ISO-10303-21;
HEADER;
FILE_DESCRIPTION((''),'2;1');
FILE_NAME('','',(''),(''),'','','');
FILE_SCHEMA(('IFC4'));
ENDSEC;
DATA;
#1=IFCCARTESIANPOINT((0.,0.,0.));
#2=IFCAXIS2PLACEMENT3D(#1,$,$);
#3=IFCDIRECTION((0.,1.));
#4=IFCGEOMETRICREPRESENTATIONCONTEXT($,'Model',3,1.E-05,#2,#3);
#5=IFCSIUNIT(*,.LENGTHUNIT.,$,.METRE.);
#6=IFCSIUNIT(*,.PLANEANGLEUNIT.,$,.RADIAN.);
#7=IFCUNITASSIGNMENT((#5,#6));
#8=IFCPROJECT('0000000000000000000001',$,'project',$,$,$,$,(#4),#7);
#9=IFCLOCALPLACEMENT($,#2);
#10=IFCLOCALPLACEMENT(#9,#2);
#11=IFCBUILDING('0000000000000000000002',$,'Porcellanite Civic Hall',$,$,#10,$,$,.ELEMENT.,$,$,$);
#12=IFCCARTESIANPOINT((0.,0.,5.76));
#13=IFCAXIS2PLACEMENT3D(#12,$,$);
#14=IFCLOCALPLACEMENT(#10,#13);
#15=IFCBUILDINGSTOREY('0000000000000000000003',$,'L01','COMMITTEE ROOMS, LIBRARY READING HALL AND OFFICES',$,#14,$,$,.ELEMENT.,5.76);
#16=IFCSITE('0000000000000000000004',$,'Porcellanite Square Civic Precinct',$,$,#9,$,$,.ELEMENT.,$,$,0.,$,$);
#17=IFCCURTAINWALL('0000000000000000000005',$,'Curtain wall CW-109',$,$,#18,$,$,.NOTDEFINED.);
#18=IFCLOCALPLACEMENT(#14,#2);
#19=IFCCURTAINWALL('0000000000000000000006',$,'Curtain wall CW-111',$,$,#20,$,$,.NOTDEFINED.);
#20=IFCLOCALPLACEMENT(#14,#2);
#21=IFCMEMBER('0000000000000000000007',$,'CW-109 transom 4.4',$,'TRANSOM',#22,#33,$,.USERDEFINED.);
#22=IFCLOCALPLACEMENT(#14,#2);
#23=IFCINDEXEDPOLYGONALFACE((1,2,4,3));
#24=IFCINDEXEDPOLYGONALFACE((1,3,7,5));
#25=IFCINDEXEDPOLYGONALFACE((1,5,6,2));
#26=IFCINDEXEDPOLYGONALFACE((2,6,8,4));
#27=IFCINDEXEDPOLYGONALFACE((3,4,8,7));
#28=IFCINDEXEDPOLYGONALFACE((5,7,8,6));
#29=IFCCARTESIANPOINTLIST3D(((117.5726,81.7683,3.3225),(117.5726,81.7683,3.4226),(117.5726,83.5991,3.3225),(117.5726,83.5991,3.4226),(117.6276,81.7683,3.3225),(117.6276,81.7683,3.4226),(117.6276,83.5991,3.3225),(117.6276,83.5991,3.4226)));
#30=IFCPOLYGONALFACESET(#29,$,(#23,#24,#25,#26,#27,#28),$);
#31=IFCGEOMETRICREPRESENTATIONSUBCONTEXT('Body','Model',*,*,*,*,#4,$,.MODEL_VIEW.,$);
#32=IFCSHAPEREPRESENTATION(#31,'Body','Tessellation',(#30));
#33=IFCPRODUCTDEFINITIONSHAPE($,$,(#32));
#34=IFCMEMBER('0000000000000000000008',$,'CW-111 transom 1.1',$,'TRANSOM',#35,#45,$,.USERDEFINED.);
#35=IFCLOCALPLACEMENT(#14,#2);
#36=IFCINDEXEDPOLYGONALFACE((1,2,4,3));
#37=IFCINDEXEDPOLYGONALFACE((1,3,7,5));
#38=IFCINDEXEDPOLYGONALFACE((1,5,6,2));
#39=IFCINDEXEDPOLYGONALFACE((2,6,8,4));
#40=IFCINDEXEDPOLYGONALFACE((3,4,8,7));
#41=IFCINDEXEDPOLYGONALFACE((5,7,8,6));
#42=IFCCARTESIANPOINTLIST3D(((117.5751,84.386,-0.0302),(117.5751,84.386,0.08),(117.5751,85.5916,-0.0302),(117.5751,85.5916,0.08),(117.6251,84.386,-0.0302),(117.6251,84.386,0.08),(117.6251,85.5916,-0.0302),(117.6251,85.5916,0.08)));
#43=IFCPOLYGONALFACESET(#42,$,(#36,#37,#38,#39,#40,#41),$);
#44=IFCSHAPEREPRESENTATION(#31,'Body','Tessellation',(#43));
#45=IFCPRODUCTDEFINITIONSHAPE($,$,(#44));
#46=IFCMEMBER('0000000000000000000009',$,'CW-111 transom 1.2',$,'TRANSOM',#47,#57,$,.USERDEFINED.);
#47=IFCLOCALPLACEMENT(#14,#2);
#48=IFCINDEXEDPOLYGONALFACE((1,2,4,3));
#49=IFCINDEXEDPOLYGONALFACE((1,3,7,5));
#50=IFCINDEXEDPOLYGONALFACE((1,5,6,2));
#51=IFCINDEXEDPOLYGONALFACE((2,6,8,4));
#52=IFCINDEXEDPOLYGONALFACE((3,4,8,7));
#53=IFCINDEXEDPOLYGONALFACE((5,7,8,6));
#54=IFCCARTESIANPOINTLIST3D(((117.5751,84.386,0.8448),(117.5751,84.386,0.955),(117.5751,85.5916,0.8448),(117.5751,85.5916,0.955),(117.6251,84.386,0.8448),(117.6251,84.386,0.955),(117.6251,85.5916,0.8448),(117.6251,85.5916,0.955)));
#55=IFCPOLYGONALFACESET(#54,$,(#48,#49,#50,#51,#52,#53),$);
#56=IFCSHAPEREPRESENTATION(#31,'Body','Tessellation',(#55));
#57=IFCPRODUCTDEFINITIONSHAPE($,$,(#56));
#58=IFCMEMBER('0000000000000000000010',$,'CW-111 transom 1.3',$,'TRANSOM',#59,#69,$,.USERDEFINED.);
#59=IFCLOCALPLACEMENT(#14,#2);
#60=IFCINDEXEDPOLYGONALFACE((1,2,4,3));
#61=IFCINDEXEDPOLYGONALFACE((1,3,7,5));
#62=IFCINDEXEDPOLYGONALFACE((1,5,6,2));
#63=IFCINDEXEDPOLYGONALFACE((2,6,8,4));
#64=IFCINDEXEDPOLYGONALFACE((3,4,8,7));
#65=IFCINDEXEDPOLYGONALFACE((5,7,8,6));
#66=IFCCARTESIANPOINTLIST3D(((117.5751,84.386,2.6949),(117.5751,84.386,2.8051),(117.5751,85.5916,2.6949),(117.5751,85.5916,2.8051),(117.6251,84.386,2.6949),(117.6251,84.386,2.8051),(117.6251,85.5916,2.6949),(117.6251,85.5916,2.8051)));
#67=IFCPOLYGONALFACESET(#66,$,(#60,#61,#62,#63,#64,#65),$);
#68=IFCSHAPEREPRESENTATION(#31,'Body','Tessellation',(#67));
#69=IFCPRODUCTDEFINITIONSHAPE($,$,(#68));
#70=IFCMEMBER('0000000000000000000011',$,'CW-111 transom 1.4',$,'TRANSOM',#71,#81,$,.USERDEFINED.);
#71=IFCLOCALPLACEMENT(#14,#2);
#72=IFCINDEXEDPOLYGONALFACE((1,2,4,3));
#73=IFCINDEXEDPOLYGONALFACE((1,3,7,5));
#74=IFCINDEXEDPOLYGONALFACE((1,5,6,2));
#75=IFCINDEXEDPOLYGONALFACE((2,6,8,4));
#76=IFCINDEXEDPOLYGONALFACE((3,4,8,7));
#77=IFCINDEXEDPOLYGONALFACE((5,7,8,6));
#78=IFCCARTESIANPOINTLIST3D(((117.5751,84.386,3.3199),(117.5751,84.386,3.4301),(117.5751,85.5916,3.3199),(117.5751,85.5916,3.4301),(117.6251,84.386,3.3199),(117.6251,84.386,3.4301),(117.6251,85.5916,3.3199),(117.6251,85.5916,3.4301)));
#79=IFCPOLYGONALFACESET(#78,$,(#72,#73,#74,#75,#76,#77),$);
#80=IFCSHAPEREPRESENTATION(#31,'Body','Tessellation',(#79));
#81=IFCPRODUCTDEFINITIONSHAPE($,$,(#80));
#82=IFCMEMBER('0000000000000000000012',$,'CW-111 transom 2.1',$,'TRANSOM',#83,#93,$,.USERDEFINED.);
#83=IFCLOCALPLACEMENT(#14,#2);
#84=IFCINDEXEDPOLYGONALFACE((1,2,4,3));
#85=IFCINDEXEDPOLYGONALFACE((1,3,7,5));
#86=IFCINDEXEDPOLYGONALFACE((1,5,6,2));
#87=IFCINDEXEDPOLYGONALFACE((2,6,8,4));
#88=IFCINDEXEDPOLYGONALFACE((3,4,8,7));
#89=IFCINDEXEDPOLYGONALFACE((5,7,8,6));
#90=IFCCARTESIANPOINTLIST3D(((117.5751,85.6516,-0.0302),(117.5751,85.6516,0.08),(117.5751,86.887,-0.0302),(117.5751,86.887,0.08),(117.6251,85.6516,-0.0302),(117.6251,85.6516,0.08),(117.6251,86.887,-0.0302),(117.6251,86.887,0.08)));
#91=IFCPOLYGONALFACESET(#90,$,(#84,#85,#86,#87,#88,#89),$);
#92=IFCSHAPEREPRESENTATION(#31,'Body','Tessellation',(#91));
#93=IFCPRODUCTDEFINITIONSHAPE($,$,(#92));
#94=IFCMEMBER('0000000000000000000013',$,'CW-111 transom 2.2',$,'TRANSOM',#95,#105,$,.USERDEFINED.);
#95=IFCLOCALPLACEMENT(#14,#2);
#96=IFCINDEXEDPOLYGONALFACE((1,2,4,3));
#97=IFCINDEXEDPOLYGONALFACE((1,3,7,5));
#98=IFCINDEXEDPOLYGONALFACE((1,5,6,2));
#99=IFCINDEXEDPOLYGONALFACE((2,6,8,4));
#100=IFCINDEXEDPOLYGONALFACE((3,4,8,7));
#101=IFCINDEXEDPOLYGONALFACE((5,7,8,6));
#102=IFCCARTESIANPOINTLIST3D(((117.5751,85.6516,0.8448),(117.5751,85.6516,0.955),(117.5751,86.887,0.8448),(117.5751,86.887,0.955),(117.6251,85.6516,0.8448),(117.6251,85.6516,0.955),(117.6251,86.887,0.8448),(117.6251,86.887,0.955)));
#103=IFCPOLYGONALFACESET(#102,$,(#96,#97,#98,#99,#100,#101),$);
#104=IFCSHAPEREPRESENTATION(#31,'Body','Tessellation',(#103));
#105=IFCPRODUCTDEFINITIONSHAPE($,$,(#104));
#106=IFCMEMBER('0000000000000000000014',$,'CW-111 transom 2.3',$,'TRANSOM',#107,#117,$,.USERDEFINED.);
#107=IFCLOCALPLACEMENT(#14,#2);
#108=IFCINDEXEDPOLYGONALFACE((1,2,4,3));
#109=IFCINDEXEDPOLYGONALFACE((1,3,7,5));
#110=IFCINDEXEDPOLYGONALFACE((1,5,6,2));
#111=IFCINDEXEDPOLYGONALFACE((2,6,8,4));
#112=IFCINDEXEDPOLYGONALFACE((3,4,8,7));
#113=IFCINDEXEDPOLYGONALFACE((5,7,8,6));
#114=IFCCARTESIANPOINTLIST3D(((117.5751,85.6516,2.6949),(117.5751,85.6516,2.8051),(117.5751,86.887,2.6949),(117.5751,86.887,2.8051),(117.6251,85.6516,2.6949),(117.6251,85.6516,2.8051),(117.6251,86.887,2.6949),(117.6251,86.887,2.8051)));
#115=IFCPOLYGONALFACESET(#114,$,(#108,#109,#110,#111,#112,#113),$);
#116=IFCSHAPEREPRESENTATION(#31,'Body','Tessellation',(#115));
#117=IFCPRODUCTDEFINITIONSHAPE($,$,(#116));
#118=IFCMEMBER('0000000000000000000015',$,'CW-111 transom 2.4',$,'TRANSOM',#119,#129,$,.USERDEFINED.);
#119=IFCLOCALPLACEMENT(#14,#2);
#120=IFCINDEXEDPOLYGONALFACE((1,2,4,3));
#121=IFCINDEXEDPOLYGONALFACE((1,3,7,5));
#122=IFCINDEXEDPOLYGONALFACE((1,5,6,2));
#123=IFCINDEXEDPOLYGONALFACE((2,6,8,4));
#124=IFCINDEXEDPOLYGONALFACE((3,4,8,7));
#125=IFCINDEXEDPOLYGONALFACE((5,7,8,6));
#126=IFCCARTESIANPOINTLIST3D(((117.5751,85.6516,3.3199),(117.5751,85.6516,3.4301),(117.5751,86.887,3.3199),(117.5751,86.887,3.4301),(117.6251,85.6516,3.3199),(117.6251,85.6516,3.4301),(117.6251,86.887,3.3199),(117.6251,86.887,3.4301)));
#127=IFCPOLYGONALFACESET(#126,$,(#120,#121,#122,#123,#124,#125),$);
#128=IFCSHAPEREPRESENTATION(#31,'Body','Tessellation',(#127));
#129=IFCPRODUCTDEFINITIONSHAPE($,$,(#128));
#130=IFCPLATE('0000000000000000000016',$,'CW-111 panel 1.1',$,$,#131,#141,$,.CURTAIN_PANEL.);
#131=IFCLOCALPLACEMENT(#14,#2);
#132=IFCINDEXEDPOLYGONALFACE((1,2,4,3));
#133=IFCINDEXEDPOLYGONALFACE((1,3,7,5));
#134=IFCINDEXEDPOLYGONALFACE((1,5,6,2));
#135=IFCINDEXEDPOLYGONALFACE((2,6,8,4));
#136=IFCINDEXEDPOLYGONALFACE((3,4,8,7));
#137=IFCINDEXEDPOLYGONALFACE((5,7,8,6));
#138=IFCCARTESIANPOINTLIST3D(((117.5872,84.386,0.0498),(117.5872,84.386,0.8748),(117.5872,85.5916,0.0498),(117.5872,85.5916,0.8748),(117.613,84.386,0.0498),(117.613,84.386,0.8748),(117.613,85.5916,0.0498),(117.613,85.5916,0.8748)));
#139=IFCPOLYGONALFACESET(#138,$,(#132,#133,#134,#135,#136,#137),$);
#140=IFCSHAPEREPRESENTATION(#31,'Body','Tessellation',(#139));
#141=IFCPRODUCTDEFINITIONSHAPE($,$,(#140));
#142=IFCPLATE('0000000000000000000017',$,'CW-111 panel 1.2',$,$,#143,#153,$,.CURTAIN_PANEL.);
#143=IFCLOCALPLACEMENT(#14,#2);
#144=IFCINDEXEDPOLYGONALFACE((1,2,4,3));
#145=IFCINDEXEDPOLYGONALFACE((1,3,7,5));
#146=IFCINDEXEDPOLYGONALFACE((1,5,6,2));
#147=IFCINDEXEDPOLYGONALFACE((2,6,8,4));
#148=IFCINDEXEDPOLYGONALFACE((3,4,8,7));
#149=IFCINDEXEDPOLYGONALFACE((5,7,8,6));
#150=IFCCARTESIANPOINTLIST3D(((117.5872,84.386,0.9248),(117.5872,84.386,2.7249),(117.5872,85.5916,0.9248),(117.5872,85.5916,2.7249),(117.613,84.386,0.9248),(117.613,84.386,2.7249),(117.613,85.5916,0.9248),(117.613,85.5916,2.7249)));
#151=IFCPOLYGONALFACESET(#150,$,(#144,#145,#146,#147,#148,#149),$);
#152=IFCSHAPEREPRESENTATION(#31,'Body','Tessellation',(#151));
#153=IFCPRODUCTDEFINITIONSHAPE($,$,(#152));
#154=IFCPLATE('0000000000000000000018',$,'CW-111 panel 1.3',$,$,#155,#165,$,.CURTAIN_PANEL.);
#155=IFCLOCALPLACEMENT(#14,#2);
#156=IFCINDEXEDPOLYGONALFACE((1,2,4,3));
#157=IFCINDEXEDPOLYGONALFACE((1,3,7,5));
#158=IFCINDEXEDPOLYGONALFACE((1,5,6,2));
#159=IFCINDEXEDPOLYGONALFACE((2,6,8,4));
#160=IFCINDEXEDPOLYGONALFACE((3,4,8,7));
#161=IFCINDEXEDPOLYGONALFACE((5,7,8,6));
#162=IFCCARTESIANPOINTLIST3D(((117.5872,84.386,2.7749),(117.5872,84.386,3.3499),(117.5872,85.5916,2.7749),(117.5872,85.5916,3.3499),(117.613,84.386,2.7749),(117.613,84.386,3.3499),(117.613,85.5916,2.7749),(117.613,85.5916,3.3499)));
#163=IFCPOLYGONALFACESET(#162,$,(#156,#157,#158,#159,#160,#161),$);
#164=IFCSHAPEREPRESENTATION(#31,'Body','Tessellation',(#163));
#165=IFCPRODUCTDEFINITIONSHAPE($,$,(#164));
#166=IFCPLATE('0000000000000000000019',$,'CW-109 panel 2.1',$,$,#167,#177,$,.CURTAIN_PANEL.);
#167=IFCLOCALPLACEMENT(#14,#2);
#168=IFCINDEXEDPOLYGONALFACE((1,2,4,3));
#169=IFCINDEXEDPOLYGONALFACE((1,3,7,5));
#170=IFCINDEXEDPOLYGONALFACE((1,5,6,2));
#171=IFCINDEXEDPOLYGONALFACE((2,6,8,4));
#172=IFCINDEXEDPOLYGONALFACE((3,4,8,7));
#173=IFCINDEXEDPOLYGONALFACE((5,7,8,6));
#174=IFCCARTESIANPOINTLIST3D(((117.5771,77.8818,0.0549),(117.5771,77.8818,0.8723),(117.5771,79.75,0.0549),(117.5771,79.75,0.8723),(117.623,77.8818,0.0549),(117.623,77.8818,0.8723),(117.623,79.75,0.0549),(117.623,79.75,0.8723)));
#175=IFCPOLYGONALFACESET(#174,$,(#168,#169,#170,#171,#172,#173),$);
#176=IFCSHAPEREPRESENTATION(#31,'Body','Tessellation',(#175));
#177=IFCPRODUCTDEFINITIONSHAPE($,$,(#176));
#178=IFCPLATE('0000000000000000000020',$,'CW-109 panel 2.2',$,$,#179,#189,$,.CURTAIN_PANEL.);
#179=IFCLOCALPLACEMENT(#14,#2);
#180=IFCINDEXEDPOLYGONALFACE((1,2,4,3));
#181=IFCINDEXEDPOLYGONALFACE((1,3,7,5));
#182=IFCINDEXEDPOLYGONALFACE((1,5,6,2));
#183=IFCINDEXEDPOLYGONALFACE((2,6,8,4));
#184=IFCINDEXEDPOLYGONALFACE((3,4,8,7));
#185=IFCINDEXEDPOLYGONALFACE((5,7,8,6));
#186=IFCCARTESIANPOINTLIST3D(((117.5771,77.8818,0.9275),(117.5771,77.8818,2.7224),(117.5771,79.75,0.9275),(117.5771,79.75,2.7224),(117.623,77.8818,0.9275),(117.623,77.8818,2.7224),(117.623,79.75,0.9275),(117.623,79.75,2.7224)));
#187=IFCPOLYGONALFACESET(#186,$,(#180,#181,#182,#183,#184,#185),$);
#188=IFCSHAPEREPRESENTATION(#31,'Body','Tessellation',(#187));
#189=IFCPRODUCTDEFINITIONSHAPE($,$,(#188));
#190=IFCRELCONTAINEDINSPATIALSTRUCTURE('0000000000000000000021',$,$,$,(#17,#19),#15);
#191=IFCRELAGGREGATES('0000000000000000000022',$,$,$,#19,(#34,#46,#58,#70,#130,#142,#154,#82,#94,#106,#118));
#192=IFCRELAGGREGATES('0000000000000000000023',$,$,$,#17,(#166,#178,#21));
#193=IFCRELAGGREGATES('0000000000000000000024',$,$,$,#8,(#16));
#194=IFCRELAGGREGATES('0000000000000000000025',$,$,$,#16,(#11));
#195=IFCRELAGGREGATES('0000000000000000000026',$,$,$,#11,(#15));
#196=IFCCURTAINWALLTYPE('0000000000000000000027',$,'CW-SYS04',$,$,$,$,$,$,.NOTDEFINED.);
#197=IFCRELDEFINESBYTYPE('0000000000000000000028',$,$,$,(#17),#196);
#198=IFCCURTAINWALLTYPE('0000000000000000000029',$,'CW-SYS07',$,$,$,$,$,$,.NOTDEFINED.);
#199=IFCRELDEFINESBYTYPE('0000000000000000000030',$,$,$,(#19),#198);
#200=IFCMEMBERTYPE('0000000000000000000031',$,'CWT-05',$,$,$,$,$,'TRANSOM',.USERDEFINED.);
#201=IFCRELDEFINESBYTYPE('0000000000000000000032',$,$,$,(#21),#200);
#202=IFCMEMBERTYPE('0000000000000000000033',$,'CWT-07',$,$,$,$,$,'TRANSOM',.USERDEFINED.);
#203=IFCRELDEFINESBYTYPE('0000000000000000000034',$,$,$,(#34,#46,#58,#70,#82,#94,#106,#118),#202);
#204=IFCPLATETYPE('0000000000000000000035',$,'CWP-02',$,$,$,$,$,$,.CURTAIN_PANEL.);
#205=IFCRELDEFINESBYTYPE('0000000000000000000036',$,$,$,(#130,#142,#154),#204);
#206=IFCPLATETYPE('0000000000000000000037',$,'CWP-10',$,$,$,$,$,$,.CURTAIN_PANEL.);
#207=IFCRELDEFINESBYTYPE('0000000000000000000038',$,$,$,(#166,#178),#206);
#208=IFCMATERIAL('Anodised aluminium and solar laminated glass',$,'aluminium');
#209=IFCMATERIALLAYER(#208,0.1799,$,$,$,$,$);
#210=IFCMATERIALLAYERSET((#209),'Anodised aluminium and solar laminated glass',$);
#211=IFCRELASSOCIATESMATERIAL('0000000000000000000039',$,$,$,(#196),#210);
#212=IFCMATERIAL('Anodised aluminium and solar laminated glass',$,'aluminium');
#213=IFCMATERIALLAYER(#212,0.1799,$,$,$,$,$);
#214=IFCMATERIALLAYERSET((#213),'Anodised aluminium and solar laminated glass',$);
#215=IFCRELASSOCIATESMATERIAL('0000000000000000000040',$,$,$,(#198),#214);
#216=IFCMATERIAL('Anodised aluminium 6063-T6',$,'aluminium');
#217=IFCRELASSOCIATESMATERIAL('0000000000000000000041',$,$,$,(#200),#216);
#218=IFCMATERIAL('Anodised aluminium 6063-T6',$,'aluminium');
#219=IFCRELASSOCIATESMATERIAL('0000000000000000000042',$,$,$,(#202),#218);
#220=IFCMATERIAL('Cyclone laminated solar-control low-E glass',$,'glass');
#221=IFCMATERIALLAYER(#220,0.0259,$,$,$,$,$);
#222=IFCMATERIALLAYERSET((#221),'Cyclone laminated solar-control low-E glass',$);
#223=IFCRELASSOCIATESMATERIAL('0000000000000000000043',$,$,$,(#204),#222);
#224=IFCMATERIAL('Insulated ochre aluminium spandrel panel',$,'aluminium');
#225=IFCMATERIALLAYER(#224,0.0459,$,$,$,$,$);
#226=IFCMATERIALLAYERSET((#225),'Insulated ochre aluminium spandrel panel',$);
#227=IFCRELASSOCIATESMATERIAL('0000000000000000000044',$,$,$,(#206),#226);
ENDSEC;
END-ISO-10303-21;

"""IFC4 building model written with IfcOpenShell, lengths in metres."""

from ifc_helpers import new_model, si_unit, direction, frame, origin, origin_2d, place, context, subcontext, project, spatial, rectangle, extrude, material, layer, layer_set, material_profile, profile_set, type_object, element, aggregate, save


model = new_model("IFC4")

# Units and contexts
model_context = context("Model", 3, precision=1e-05, world=origin(), true_north=direction((0.0, 1.0)))
body_context = subcontext(model_context, "Body", "Model", "MODEL_VIEW")
ifc_project = project(units=[si_unit("LENGTHUNIT", "METRE"), si_unit("PLANEANGLEUNIT", "RADIAN")], contexts=[model_context])

# Site, building, storey
site_placement = place(None, origin())
site = spatial("IfcSite", under=ifc_project, at=site_placement, Name="Porcellanite Square Civic Precinct", CompositionType="ELEMENT", RefElevation=0.0)
building_placement = place(site_placement, origin())
building = spatial("IfcBuilding", under=site, at=building_placement, Name="Porcellanite Civic Hall", CompositionType="ELEMENT")
storey_placement = place(building_placement, frame((0.0, 0.0, 5.76)))
storey = spatial("IfcBuildingStorey", under=building, at=storey_placement, Name="L01", Description="COMMITTEE ROOMS, LIBRARY READING HALL AND OFFICES", CompositionType="ELEMENT", Elevation=5.76)

# Curtain walls
ifc_material_1 = material(Name="Anodised aluminium and solar laminated glass", Category="aluminium")
ifc_layer_1 = layer(ifc_material_1, 0.1799)
ifc_layer_set_1 = layer_set([ifc_layer_1], Name="Anodised aluminium and solar laminated glass")
curtain_wall_type_1 = type_object("IfcCurtainWallType", Name="CW-SYS04", PredefinedType="NOTDEFINED", material=ifc_layer_set_1)
curtain_wall_1_placement = place(storey_placement, origin())
curtain_wall_1 = element("IfcCurtainWall", 1, at=curtain_wall_1_placement, inside=storey, type_object=curtain_wall_type_1, Name="Curtain wall CW-109", PredefinedType="NOTDEFINED")
ifc_material_2 = material(Name="Anodised aluminium and solar laminated glass", Category="aluminium")
ifc_layer_2 = layer(ifc_material_2, 0.1799)
ifc_layer_set_2 = layer_set([ifc_layer_2], Name="Anodised aluminium and solar laminated glass")
curtain_wall_type_2 = type_object("IfcCurtainWallType", Name="CW-SYS07", PredefinedType="NOTDEFINED", material=ifc_layer_set_2)
curtain_wall_2_placement = place(storey_placement, origin())
curtain_wall_2 = element("IfcCurtainWall", 2, at=curtain_wall_2_placement, inside=storey, type_object=curtain_wall_type_2, Name="Curtain wall CW-111", PredefinedType="NOTDEFINED")

# Members
ifc_material_3 = material(Name="Anodised aluminium 6063-T6", Category="aluminium")
ifc_material_profile_1 = material_profile(ifc_material_3, rectangle(XDim=0.0549, YDim=0.1001, at=origin_2d()), Name="AL-55x100")
ifc_profile_set_1 = profile_set([ifc_material_profile_1], Name="Anodised aluminium 6063-T6")
member_type_1 = type_object("IfcMemberType", Name="CWT-05", ElementType="TRANSOM", PredefinedType="USERDEFINED", material=ifc_profile_set_1)
member_1_placement = place(storey_placement, frame((117.6001, 81.7683, 3.3726), z_axis=(0.0, 1.0, 0.0), x_axis=(-1.0, 0.0, 0.0)))
member_1 = element("IfcMember", 3, at=member_1_placement, type_object=member_type_1, Name="CW-109 transom 4.4", ObjectType="TRANSOM", PredefinedType="USERDEFINED", context=body_context, shape_type="SweptSolid", body=[
    extrude(rectangle(XDim=0.0549, YDim=0.1001, at=origin_2d()), origin(), (0.0, 0.0, 1.0), 1.8308),
])
ifc_material_4 = material(Name="Anodised aluminium 6063-T6", Category="aluminium")
ifc_material_profile_2 = material_profile(ifc_material_4, rectangle(XDim=0.05, YDim=0.1101, at=origin_2d()), Name="AL-50x110")
ifc_profile_set_2 = profile_set([ifc_material_profile_2], Name="Anodised aluminium 6063-T6")
member_type_2 = type_object("IfcMemberType", Name="CWT-07", ElementType="TRANSOM", PredefinedType="USERDEFINED", material=ifc_profile_set_2)
member_2_placement = place(storey_placement, frame((117.6001, 84.386, 0.0249), z_axis=(0.0, 1.0, 0.0), x_axis=(-1.0, 0.0, 0.0)))
member_2 = element("IfcMember", 4, at=member_2_placement, type_object=member_type_2, Name="CW-111 transom 1.1", ObjectType="TRANSOM", PredefinedType="USERDEFINED", context=body_context, shape_type="SweptSolid", body=[
    extrude(rectangle(XDim=0.05, YDim=0.1101, at=origin_2d()), origin(), (0.0, 0.0, 1.0), 1.2056),
])
member_3_placement = place(storey_placement, frame((117.6001, 84.386, 0.8999), z_axis=(0.0, 1.0, 0.0), x_axis=(-1.0, 0.0, 0.0)))
member_3 = element("IfcMember", 5, at=member_3_placement, type_object=member_type_2, Name="CW-111 transom 1.2", ObjectType="TRANSOM", PredefinedType="USERDEFINED", context=body_context, shape_type="SweptSolid", body=[
    extrude(rectangle(XDim=0.05, YDim=0.1101, at=origin_2d()), origin(), (0.0, 0.0, 1.0), 1.2056),
])
member_4_placement = place(storey_placement, frame((117.6001, 84.386, 2.75), z_axis=(0.0, 1.0, 0.0), x_axis=(-1.0, 0.0, 0.0)))
member_4 = element("IfcMember", 6, at=member_4_placement, type_object=member_type_2, Name="CW-111 transom 1.3", ObjectType="TRANSOM", PredefinedType="USERDEFINED", context=body_context, shape_type="SweptSolid", body=[
    extrude(rectangle(XDim=0.05, YDim=0.1101, at=origin_2d()), origin(), (0.0, 0.0, 1.0), 1.2056),
])
member_5_placement = place(storey_placement, frame((117.6001, 84.386, 3.375), z_axis=(0.0, 1.0, 0.0), x_axis=(-1.0, 0.0, 0.0)))
member_5 = element("IfcMember", 7, at=member_5_placement, type_object=member_type_2, Name="CW-111 transom 1.4", ObjectType="TRANSOM", PredefinedType="USERDEFINED", context=body_context, shape_type="SweptSolid", body=[
    extrude(rectangle(XDim=0.05, YDim=0.1101, at=origin_2d()), origin(), (0.0, 0.0, 1.0), 1.2056),
])
member_6_placement = place(storey_placement, frame((117.6001, 85.6516, 0.0249), z_axis=(0.0, 1.0, 0.0), x_axis=(-1.0, 0.0, 0.0)))
member_6 = element("IfcMember", 8, at=member_6_placement, type_object=member_type_2, Name="CW-111 transom 2.1", ObjectType="TRANSOM", PredefinedType="USERDEFINED", context=body_context, shape_type="SweptSolid", body=[
    extrude(rectangle(XDim=0.05, YDim=0.1101, at=origin_2d()), origin(), (0.0, 0.0, 1.0), 1.2354),
])
member_7_placement = place(storey_placement, frame((117.6001, 85.6516, 0.8999), z_axis=(0.0, 1.0, 0.0), x_axis=(-1.0, 0.0, 0.0)))
member_7 = element("IfcMember", 9, at=member_7_placement, type_object=member_type_2, Name="CW-111 transom 2.2", ObjectType="TRANSOM", PredefinedType="USERDEFINED", context=body_context, shape_type="SweptSolid", body=[
    extrude(rectangle(XDim=0.05, YDim=0.1101, at=origin_2d()), origin(), (0.0, 0.0, 1.0), 1.2354),
])
member_8_placement = place(storey_placement, frame((117.6001, 85.6516, 2.75), z_axis=(0.0, 1.0, 0.0), x_axis=(-1.0, 0.0, 0.0)))
member_8 = element("IfcMember", 10, at=member_8_placement, type_object=member_type_2, Name="CW-111 transom 2.3", ObjectType="TRANSOM", PredefinedType="USERDEFINED", context=body_context, shape_type="SweptSolid", body=[
    extrude(rectangle(XDim=0.05, YDim=0.1101, at=origin_2d()), origin(), (0.0, 0.0, 1.0), 1.2354),
])
member_9_placement = place(storey_placement, frame((117.6001, 85.6516, 3.375), z_axis=(0.0, 1.0, 0.0), x_axis=(-1.0, 0.0, 0.0)))
member_9 = element("IfcMember", 11, at=member_9_placement, type_object=member_type_2, Name="CW-111 transom 2.4", ObjectType="TRANSOM", PredefinedType="USERDEFINED", context=body_context, shape_type="SweptSolid", body=[
    extrude(rectangle(XDim=0.05, YDim=0.1101, at=origin_2d()), origin(), (0.0, 0.0, 1.0), 1.2354),
])

# Plates
ifc_material_5 = material(Name="Cyclone laminated solar-control low-E glass", Category="glass")
ifc_layer_3 = layer(ifc_material_5, 0.0259)
ifc_layer_set_3 = layer_set([ifc_layer_3], Name="Cyclone laminated solar-control low-E glass")
plate_type_1 = type_object("IfcPlateType", Name="CWP-02", PredefinedType="CURTAIN_PANEL", material=ifc_layer_set_3)
plate_1_placement = place(storey_placement, frame((117.6001, 84.9888, 0.0498), z_axis=(0.0, 0.0, 1.0), x_axis=(0.0, 1.0, 0.0)))
plate_1 = element("IfcPlate", 12, at=plate_1_placement, type_object=plate_type_1, Name="CW-111 panel 1.1", PredefinedType="CURTAIN_PANEL", context=body_context, shape_type="SweptSolid", body=[
    extrude(rectangle(XDim=1.2056, YDim=0.0259, at=origin_2d()), origin(), (0.0, 0.0, 1.0), 0.825),
])
plate_2_placement = place(storey_placement, frame((117.6001, 84.9888, 0.9248), z_axis=(0.0, 0.0, 1.0), x_axis=(0.0, 1.0, 0.0)))
plate_2 = element("IfcPlate", 13, at=plate_2_placement, type_object=plate_type_1, Name="CW-111 panel 1.2", PredefinedType="CURTAIN_PANEL", context=body_context, shape_type="SweptSolid", body=[
    extrude(rectangle(XDim=1.2056, YDim=0.0259, at=origin_2d()), origin(), (0.0, 0.0, 1.0), 1.8),
])
plate_3_placement = place(storey_placement, frame((117.6001, 84.9888, 2.7749), z_axis=(0.0, 0.0, 1.0), x_axis=(0.0, 1.0, 0.0)))
plate_3 = element("IfcPlate", 14, at=plate_3_placement, type_object=plate_type_1, Name="CW-111 panel 1.3", PredefinedType="CURTAIN_PANEL", context=body_context, shape_type="SweptSolid", body=[
    extrude(rectangle(XDim=1.2056, YDim=0.0259, at=origin_2d()), origin(), (0.0, 0.0, 1.0), 0.575),
])
aggregate(curtain_wall_2, [member_2, member_3, member_4, member_5, plate_1, plate_2, plate_3, member_6, member_7, member_8, member_9])
ifc_material_6 = material(Name="Insulated ochre aluminium spandrel panel", Category="aluminium")
ifc_layer_4 = layer(ifc_material_6, 0.0459)
ifc_layer_set_4 = layer_set([ifc_layer_4], Name="Insulated ochre aluminium spandrel panel")
plate_type_2 = type_object("IfcPlateType", Name="CWP-10", PredefinedType="CURTAIN_PANEL", material=ifc_layer_set_4)
plate_4_placement = place(storey_placement, frame((117.6001, 78.8159, 0.0549), z_axis=(0.0, 0.0, 1.0), x_axis=(0.0, 1.0, 0.0)))
plate_4 = element("IfcPlate", 15, at=plate_4_placement, type_object=plate_type_2, Name="CW-109 panel 2.1", PredefinedType="CURTAIN_PANEL", context=body_context, shape_type="SweptSolid", body=[
    extrude(rectangle(XDim=1.8682, YDim=0.0459, at=origin_2d()), origin(), (0.0, 0.0, 1.0), 0.8174),
])
plate_5_placement = place(storey_placement, frame((117.6001, 78.8159, 0.9275), z_axis=(0.0, 0.0, 1.0), x_axis=(0.0, 1.0, 0.0)))
plate_5 = element("IfcPlate", 16, at=plate_5_placement, type_object=plate_type_2, Name="CW-109 panel 2.2", PredefinedType="CURTAIN_PANEL", context=body_context, shape_type="SweptSolid", body=[
    extrude(rectangle(XDim=1.8682, YDim=0.0459, at=origin_2d()), origin(), (0.0, 0.0, 1.0), 1.7949),
])
aggregate(curtain_wall_1, [plate_4, plate_5, member_1])

save(model, "model.ifc")
